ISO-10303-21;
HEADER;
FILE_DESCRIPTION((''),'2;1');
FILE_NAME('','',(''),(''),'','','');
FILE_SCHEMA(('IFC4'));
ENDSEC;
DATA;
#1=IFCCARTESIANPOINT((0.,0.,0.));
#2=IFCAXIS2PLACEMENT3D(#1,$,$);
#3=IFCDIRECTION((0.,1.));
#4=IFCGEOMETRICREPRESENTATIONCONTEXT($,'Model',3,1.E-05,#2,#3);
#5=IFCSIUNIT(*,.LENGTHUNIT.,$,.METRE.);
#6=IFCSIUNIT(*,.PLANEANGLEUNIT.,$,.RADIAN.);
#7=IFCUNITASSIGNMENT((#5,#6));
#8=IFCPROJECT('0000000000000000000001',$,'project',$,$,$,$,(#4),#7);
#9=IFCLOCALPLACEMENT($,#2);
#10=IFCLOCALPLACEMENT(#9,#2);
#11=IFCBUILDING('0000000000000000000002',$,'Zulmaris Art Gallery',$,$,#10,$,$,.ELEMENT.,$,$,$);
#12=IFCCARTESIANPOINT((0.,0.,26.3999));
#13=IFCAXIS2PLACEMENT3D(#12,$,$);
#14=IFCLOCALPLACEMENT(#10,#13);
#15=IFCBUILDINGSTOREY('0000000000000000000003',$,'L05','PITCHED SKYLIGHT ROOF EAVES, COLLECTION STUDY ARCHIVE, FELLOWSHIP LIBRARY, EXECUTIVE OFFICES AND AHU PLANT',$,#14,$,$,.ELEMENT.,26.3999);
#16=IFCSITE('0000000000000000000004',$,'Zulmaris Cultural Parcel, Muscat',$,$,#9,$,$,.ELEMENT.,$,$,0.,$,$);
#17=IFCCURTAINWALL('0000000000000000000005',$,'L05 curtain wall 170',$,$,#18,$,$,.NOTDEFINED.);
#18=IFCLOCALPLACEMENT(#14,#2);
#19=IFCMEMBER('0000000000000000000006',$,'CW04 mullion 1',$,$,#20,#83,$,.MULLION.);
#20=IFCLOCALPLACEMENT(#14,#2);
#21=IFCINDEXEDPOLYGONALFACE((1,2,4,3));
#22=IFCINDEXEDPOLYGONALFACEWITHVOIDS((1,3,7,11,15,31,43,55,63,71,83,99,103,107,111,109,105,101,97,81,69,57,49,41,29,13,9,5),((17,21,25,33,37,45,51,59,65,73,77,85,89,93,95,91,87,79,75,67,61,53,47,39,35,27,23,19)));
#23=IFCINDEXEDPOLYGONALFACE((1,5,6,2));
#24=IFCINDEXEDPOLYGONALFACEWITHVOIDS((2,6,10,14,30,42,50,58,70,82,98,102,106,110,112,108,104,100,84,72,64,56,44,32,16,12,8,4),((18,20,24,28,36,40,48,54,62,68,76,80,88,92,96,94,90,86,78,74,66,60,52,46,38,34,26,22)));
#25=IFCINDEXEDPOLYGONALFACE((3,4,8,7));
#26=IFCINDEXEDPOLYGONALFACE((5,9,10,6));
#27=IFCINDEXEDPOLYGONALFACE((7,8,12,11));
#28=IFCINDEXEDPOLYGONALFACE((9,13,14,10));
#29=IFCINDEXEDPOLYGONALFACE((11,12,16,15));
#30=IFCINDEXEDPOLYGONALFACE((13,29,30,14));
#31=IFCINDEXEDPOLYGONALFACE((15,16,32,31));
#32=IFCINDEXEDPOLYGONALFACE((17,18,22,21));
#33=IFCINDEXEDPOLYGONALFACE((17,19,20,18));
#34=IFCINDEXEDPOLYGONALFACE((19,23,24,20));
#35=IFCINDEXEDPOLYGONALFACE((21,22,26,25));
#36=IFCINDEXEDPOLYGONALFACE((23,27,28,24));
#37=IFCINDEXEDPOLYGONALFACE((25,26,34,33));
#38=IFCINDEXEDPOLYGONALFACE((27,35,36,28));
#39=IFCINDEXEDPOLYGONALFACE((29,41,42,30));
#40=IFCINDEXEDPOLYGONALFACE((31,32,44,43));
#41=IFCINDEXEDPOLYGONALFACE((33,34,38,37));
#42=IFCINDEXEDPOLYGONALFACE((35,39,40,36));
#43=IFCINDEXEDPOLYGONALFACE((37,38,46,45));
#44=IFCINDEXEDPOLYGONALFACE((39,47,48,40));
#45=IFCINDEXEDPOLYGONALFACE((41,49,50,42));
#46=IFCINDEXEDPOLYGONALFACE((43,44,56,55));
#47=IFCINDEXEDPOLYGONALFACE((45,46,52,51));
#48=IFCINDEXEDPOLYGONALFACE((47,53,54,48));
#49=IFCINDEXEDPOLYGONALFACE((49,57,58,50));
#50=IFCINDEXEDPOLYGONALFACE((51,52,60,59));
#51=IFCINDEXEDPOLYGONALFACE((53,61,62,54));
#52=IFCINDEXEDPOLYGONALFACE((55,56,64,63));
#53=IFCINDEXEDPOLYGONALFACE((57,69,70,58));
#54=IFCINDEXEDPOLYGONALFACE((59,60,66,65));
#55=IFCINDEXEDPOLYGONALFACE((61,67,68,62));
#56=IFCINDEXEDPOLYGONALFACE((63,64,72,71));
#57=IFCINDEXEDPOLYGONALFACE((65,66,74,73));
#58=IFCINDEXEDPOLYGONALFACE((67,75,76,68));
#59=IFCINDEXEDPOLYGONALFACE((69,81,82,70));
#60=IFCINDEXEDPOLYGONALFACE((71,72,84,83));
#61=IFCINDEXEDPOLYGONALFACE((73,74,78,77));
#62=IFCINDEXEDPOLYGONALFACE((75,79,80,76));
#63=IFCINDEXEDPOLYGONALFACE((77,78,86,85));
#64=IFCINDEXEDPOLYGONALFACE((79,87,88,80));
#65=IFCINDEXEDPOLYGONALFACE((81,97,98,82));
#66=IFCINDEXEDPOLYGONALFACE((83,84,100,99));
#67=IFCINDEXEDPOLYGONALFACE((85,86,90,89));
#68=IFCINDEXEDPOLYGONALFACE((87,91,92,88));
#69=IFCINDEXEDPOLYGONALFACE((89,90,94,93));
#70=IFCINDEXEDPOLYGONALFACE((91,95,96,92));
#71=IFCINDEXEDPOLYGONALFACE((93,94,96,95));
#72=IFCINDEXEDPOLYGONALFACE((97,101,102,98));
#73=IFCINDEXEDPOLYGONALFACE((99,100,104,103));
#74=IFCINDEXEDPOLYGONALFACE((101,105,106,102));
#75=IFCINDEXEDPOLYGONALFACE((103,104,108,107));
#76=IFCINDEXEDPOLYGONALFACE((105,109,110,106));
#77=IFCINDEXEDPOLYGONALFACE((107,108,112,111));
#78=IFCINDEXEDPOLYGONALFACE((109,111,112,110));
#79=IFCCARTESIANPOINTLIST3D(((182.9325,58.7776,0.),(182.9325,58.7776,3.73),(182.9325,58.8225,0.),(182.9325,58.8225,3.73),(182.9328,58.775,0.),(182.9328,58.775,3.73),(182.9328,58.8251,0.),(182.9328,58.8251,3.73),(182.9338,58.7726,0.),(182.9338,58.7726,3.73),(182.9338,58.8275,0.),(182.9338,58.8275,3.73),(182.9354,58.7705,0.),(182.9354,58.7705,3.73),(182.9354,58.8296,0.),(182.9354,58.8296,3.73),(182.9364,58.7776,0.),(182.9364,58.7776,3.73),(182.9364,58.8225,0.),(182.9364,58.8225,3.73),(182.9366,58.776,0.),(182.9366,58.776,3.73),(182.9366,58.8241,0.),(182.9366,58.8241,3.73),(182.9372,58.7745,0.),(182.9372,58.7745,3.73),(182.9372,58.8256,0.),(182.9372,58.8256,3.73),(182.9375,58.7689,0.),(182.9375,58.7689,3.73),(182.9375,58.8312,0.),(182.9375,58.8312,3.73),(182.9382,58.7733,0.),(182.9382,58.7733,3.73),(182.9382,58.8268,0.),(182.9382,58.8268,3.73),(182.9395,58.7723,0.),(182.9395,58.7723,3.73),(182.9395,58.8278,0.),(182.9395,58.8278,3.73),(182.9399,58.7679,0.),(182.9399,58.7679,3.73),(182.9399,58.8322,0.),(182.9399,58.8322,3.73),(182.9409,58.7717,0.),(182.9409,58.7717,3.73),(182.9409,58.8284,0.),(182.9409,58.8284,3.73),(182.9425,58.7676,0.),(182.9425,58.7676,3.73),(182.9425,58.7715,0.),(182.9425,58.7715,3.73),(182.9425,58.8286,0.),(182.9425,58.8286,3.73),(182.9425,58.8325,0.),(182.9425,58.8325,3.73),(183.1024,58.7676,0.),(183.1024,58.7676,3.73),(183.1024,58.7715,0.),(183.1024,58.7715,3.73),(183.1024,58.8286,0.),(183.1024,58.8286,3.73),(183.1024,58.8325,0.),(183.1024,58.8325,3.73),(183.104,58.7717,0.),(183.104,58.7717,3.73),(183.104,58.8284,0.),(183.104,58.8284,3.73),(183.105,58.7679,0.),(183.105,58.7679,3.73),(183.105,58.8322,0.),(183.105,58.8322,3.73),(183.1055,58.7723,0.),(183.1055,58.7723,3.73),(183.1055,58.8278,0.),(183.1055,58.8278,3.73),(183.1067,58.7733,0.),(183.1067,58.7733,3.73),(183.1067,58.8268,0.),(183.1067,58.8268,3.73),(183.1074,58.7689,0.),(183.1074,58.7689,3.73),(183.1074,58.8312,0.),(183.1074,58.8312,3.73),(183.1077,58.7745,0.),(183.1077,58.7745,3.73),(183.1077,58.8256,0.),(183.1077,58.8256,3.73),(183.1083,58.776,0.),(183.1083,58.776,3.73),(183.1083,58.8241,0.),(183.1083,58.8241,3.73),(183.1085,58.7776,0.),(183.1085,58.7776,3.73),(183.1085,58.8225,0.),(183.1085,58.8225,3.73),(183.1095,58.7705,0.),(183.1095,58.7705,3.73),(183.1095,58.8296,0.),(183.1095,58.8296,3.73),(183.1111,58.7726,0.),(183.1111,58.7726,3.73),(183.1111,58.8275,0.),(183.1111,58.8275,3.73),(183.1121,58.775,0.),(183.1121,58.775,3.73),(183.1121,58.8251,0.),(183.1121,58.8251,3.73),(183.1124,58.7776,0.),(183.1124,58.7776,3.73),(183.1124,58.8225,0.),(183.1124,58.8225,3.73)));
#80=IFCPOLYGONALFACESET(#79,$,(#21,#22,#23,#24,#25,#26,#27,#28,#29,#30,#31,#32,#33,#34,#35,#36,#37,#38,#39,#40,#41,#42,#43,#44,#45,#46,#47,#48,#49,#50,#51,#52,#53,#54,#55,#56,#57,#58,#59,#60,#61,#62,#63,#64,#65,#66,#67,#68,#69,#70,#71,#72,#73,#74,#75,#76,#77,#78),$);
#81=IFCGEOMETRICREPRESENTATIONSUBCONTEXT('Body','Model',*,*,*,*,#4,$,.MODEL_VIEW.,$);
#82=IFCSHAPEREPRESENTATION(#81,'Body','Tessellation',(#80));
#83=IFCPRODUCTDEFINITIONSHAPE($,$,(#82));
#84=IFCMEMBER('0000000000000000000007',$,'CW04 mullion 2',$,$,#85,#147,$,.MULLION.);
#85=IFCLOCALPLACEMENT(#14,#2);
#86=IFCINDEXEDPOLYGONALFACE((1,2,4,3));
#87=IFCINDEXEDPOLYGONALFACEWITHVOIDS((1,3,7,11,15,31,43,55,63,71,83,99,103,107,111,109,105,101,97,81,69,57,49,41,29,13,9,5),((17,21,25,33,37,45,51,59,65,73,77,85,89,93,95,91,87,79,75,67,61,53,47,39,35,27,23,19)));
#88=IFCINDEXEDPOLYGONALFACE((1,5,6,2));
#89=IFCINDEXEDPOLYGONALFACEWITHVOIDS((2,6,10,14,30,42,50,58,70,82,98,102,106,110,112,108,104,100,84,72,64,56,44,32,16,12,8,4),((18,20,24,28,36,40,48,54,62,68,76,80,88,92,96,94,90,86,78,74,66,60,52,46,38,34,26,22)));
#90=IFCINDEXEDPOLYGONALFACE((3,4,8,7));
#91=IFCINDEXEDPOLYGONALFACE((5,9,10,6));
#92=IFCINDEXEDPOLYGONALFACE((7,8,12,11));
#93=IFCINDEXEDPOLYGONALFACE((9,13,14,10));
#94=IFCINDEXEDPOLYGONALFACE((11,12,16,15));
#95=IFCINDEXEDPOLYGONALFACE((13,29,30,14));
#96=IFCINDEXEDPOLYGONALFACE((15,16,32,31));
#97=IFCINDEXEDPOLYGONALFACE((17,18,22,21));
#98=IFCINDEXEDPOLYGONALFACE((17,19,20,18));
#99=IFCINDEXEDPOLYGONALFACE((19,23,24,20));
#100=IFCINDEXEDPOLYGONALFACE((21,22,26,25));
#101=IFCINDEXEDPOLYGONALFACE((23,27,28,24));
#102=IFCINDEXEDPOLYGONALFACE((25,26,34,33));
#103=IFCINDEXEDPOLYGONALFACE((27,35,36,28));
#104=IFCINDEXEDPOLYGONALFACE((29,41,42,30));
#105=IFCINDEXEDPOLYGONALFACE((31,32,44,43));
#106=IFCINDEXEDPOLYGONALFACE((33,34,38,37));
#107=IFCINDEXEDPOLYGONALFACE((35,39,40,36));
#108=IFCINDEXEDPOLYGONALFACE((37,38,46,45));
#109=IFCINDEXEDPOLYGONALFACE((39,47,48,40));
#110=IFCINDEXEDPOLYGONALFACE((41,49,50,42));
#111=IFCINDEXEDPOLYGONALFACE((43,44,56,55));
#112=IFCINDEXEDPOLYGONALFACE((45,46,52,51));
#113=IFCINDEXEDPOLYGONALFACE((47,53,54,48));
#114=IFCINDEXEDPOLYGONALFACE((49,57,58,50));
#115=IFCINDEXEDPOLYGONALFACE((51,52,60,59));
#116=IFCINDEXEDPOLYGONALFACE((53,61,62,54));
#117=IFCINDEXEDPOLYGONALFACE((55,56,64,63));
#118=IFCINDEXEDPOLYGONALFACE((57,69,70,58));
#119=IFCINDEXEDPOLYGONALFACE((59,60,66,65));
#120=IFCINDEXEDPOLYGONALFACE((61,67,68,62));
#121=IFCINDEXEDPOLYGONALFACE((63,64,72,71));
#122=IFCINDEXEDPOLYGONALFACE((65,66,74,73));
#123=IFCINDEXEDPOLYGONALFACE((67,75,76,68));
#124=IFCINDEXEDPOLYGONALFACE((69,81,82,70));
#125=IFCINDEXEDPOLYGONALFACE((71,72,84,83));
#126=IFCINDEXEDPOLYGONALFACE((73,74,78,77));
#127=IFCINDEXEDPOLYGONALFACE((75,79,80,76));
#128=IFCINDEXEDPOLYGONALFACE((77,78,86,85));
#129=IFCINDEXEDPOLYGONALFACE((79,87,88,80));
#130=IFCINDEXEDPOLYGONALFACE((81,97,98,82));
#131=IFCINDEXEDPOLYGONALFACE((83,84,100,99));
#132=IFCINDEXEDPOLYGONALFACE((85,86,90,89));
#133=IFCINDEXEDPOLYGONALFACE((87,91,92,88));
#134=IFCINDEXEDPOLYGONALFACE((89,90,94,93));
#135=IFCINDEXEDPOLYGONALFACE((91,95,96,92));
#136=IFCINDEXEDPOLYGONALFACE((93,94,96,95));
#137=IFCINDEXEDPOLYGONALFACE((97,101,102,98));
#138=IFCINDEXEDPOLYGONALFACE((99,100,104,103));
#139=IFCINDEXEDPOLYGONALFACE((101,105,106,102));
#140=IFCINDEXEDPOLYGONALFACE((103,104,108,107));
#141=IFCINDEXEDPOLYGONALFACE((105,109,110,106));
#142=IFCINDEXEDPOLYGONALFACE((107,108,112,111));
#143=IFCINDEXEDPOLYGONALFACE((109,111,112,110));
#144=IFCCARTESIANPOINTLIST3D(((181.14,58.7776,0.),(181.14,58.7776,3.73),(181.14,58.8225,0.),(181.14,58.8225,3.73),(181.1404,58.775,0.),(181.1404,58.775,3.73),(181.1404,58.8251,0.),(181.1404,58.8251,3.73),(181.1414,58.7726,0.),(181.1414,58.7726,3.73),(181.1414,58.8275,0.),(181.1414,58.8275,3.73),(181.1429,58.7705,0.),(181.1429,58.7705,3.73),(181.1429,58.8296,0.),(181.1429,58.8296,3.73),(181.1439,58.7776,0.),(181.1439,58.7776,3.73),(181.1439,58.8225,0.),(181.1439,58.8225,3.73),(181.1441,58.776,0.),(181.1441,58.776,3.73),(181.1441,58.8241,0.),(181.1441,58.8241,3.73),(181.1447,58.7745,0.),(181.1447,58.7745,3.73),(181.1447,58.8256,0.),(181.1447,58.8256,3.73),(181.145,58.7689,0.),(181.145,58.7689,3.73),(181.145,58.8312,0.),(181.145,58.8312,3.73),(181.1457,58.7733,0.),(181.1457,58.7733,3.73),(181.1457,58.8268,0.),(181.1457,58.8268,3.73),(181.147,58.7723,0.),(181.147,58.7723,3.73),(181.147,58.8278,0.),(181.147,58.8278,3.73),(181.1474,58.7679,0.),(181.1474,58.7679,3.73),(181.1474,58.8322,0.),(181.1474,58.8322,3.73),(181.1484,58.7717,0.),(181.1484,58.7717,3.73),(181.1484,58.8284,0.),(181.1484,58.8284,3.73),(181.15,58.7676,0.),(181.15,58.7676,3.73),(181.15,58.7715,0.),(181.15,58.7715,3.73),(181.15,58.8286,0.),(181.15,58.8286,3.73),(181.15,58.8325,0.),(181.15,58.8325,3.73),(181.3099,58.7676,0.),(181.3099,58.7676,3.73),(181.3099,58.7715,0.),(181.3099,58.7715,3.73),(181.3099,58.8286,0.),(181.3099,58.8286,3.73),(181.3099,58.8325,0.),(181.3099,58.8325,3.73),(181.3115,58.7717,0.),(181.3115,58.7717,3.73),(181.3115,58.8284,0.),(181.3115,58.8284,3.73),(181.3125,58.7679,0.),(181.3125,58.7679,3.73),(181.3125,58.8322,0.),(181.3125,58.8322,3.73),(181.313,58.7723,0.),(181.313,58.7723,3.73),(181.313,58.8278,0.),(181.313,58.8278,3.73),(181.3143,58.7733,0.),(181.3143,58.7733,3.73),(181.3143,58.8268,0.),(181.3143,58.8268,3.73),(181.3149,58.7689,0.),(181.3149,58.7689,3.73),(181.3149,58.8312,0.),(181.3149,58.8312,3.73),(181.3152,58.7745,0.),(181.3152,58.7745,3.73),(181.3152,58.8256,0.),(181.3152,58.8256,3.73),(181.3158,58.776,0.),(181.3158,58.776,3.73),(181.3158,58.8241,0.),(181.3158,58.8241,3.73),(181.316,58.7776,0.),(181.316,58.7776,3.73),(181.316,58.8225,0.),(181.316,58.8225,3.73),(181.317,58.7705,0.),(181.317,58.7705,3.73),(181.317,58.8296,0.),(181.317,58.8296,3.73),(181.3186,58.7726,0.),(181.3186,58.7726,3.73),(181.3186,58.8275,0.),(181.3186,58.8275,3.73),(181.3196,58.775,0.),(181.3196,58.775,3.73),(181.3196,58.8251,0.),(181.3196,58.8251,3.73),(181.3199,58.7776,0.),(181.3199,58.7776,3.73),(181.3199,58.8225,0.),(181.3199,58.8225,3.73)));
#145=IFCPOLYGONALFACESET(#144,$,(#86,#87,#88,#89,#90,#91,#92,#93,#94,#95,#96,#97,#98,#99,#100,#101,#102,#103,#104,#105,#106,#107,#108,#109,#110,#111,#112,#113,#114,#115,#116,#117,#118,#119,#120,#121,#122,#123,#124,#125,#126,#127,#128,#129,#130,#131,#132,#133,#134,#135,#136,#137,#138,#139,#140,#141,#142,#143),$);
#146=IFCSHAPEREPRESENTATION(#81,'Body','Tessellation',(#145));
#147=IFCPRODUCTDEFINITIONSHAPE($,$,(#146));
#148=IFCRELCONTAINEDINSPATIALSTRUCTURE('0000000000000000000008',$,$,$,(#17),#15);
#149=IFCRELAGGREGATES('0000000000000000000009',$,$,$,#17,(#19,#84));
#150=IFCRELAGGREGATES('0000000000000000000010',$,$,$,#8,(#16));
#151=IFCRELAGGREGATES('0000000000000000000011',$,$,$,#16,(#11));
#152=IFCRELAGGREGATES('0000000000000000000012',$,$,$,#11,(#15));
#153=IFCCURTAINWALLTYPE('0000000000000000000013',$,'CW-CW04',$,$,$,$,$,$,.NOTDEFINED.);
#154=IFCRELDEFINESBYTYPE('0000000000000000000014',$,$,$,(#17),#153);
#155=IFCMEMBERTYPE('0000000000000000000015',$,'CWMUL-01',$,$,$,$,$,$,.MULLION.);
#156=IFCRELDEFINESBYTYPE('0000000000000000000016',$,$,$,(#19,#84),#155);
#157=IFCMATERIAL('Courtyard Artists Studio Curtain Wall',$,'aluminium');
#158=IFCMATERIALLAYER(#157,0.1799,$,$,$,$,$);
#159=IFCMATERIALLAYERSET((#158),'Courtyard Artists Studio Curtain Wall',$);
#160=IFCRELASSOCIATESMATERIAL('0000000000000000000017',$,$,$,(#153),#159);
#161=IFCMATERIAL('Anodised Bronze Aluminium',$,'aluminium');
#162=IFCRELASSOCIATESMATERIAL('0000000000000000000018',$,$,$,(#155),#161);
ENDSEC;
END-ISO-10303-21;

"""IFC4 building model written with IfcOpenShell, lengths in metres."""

from ifc_helpers import new_model, si_unit, direction, frame, origin, origin_2d, place, context, subcontext, project, spatial, hollow_rectangle, extrude, material, layer, layer_set, material_profile, profile_set, type_object, element, aggregate, save


model = new_model("IFC4")

# Units and contexts
model_context = context("Model", 3, precision=1e-05, world=origin(), true_north=direction((0.0, 1.0)))
body_context = subcontext(model_context, "Body", "Model", "MODEL_VIEW")
ifc_project = project(units=[si_unit("LENGTHUNIT", "METRE"), si_unit("PLANEANGLEUNIT", "RADIAN")], contexts=[model_context])

# Site, building, storey
site_placement = place(None, origin())
site = spatial("IfcSite", under=ifc_project, at=site_placement, Name="Zulmaris Cultural Parcel, Muscat", CompositionType="ELEMENT", RefElevation=0.0)
building_placement = place(site_placement, origin())
building = spatial("IfcBuilding", under=site, at=building_placement, Name="Zulmaris Art Gallery", CompositionType="ELEMENT")
storey_placement = place(building_placement, frame((0.0, 0.0, 26.3999)))
storey = spatial("IfcBuildingStorey", under=building, at=storey_placement, Name="L05", Description="PITCHED SKYLIGHT ROOF EAVES, COLLECTION STUDY ARCHIVE, FELLOWSHIP LIBRARY, EXECUTIVE OFFICES AND AHU PLANT", CompositionType="ELEMENT", Elevation=26.3999)

# Curtain wall, members
ifc_material_1 = material(Name="Courtyard Artists Studio Curtain Wall", Category="aluminium")
ifc_layer_1 = layer(ifc_material_1, 0.1799)
ifc_layer_set_1 = layer_set([ifc_layer_1], Name="Courtyard Artists Studio Curtain Wall")
curtain_wall_type = type_object("IfcCurtainWallType", Name="CW-CW04", PredefinedType="NOTDEFINED", material=ifc_layer_set_1)
curtain_wall_placement = place(storey_placement, origin())
curtain_wall = element("IfcCurtainWall", 1, at=curtain_wall_placement, inside=storey, type_object=curtain_wall_type, Name="L05 curtain wall 170", PredefinedType="NOTDEFINED")
ifc_material_2 = material(Name="Anodised Bronze Aluminium", Category="aluminium")
ifc_material_profile_1 = material_profile(ifc_material_2, hollow_rectangle(XDim=0.0649, YDim=0.1799, WallThickness=0.0039, InnerFilletRadius=0.0061, OuterFilletRadius=0.01, at=origin_2d()), Name="ALU 65x180x4")
ifc_profile_set_1 = profile_set([ifc_material_profile_1], Name="Anodised Bronze Aluminium")
member_type_1 = type_object("IfcMemberType", Name="CWMUL-01", PredefinedType="MULLION", material=ifc_profile_set_1)
member_1_placement = place(storey_placement, frame((183.0225, 58.8, 0.0), z_axis=(0.0, 0.0, 1.0), x_axis=(0.0, -1.0, 0.0)))
member_1 = element("IfcMember", 2, at=member_1_placement, type_object=member_type_1, Name="CW04 mullion 1", PredefinedType="MULLION", context=body_context, shape_type="SweptSolid", body=[
    extrude(hollow_rectangle(XDim=0.0649, YDim=0.1799, WallThickness=0.0039, InnerFilletRadius=0.0061, OuterFilletRadius=0.01, at=origin_2d()), origin(), (0.0, 0.0, 1.0), 3.73),
])
member_2_placement = place(storey_placement, frame((181.23, 58.8, 0.0), z_axis=(0.0, 0.0, 1.0), x_axis=(0.0, -1.0, 0.0)))
member_2 = element("IfcMember", 3, at=member_2_placement, type_object=member_type_1, Name="CW04 mullion 2", PredefinedType="MULLION", context=body_context, shape_type="SweptSolid", body=[
    extrude(hollow_rectangle(XDim=0.0649, YDim=0.1799, WallThickness=0.0039, InnerFilletRadius=0.0061, OuterFilletRadius=0.01, at=origin_2d()), origin(), (0.0, 0.0, 1.0), 3.73),
])
aggregate(curtain_wall, [member_1, member_2])

save(model, "model.ifc")
